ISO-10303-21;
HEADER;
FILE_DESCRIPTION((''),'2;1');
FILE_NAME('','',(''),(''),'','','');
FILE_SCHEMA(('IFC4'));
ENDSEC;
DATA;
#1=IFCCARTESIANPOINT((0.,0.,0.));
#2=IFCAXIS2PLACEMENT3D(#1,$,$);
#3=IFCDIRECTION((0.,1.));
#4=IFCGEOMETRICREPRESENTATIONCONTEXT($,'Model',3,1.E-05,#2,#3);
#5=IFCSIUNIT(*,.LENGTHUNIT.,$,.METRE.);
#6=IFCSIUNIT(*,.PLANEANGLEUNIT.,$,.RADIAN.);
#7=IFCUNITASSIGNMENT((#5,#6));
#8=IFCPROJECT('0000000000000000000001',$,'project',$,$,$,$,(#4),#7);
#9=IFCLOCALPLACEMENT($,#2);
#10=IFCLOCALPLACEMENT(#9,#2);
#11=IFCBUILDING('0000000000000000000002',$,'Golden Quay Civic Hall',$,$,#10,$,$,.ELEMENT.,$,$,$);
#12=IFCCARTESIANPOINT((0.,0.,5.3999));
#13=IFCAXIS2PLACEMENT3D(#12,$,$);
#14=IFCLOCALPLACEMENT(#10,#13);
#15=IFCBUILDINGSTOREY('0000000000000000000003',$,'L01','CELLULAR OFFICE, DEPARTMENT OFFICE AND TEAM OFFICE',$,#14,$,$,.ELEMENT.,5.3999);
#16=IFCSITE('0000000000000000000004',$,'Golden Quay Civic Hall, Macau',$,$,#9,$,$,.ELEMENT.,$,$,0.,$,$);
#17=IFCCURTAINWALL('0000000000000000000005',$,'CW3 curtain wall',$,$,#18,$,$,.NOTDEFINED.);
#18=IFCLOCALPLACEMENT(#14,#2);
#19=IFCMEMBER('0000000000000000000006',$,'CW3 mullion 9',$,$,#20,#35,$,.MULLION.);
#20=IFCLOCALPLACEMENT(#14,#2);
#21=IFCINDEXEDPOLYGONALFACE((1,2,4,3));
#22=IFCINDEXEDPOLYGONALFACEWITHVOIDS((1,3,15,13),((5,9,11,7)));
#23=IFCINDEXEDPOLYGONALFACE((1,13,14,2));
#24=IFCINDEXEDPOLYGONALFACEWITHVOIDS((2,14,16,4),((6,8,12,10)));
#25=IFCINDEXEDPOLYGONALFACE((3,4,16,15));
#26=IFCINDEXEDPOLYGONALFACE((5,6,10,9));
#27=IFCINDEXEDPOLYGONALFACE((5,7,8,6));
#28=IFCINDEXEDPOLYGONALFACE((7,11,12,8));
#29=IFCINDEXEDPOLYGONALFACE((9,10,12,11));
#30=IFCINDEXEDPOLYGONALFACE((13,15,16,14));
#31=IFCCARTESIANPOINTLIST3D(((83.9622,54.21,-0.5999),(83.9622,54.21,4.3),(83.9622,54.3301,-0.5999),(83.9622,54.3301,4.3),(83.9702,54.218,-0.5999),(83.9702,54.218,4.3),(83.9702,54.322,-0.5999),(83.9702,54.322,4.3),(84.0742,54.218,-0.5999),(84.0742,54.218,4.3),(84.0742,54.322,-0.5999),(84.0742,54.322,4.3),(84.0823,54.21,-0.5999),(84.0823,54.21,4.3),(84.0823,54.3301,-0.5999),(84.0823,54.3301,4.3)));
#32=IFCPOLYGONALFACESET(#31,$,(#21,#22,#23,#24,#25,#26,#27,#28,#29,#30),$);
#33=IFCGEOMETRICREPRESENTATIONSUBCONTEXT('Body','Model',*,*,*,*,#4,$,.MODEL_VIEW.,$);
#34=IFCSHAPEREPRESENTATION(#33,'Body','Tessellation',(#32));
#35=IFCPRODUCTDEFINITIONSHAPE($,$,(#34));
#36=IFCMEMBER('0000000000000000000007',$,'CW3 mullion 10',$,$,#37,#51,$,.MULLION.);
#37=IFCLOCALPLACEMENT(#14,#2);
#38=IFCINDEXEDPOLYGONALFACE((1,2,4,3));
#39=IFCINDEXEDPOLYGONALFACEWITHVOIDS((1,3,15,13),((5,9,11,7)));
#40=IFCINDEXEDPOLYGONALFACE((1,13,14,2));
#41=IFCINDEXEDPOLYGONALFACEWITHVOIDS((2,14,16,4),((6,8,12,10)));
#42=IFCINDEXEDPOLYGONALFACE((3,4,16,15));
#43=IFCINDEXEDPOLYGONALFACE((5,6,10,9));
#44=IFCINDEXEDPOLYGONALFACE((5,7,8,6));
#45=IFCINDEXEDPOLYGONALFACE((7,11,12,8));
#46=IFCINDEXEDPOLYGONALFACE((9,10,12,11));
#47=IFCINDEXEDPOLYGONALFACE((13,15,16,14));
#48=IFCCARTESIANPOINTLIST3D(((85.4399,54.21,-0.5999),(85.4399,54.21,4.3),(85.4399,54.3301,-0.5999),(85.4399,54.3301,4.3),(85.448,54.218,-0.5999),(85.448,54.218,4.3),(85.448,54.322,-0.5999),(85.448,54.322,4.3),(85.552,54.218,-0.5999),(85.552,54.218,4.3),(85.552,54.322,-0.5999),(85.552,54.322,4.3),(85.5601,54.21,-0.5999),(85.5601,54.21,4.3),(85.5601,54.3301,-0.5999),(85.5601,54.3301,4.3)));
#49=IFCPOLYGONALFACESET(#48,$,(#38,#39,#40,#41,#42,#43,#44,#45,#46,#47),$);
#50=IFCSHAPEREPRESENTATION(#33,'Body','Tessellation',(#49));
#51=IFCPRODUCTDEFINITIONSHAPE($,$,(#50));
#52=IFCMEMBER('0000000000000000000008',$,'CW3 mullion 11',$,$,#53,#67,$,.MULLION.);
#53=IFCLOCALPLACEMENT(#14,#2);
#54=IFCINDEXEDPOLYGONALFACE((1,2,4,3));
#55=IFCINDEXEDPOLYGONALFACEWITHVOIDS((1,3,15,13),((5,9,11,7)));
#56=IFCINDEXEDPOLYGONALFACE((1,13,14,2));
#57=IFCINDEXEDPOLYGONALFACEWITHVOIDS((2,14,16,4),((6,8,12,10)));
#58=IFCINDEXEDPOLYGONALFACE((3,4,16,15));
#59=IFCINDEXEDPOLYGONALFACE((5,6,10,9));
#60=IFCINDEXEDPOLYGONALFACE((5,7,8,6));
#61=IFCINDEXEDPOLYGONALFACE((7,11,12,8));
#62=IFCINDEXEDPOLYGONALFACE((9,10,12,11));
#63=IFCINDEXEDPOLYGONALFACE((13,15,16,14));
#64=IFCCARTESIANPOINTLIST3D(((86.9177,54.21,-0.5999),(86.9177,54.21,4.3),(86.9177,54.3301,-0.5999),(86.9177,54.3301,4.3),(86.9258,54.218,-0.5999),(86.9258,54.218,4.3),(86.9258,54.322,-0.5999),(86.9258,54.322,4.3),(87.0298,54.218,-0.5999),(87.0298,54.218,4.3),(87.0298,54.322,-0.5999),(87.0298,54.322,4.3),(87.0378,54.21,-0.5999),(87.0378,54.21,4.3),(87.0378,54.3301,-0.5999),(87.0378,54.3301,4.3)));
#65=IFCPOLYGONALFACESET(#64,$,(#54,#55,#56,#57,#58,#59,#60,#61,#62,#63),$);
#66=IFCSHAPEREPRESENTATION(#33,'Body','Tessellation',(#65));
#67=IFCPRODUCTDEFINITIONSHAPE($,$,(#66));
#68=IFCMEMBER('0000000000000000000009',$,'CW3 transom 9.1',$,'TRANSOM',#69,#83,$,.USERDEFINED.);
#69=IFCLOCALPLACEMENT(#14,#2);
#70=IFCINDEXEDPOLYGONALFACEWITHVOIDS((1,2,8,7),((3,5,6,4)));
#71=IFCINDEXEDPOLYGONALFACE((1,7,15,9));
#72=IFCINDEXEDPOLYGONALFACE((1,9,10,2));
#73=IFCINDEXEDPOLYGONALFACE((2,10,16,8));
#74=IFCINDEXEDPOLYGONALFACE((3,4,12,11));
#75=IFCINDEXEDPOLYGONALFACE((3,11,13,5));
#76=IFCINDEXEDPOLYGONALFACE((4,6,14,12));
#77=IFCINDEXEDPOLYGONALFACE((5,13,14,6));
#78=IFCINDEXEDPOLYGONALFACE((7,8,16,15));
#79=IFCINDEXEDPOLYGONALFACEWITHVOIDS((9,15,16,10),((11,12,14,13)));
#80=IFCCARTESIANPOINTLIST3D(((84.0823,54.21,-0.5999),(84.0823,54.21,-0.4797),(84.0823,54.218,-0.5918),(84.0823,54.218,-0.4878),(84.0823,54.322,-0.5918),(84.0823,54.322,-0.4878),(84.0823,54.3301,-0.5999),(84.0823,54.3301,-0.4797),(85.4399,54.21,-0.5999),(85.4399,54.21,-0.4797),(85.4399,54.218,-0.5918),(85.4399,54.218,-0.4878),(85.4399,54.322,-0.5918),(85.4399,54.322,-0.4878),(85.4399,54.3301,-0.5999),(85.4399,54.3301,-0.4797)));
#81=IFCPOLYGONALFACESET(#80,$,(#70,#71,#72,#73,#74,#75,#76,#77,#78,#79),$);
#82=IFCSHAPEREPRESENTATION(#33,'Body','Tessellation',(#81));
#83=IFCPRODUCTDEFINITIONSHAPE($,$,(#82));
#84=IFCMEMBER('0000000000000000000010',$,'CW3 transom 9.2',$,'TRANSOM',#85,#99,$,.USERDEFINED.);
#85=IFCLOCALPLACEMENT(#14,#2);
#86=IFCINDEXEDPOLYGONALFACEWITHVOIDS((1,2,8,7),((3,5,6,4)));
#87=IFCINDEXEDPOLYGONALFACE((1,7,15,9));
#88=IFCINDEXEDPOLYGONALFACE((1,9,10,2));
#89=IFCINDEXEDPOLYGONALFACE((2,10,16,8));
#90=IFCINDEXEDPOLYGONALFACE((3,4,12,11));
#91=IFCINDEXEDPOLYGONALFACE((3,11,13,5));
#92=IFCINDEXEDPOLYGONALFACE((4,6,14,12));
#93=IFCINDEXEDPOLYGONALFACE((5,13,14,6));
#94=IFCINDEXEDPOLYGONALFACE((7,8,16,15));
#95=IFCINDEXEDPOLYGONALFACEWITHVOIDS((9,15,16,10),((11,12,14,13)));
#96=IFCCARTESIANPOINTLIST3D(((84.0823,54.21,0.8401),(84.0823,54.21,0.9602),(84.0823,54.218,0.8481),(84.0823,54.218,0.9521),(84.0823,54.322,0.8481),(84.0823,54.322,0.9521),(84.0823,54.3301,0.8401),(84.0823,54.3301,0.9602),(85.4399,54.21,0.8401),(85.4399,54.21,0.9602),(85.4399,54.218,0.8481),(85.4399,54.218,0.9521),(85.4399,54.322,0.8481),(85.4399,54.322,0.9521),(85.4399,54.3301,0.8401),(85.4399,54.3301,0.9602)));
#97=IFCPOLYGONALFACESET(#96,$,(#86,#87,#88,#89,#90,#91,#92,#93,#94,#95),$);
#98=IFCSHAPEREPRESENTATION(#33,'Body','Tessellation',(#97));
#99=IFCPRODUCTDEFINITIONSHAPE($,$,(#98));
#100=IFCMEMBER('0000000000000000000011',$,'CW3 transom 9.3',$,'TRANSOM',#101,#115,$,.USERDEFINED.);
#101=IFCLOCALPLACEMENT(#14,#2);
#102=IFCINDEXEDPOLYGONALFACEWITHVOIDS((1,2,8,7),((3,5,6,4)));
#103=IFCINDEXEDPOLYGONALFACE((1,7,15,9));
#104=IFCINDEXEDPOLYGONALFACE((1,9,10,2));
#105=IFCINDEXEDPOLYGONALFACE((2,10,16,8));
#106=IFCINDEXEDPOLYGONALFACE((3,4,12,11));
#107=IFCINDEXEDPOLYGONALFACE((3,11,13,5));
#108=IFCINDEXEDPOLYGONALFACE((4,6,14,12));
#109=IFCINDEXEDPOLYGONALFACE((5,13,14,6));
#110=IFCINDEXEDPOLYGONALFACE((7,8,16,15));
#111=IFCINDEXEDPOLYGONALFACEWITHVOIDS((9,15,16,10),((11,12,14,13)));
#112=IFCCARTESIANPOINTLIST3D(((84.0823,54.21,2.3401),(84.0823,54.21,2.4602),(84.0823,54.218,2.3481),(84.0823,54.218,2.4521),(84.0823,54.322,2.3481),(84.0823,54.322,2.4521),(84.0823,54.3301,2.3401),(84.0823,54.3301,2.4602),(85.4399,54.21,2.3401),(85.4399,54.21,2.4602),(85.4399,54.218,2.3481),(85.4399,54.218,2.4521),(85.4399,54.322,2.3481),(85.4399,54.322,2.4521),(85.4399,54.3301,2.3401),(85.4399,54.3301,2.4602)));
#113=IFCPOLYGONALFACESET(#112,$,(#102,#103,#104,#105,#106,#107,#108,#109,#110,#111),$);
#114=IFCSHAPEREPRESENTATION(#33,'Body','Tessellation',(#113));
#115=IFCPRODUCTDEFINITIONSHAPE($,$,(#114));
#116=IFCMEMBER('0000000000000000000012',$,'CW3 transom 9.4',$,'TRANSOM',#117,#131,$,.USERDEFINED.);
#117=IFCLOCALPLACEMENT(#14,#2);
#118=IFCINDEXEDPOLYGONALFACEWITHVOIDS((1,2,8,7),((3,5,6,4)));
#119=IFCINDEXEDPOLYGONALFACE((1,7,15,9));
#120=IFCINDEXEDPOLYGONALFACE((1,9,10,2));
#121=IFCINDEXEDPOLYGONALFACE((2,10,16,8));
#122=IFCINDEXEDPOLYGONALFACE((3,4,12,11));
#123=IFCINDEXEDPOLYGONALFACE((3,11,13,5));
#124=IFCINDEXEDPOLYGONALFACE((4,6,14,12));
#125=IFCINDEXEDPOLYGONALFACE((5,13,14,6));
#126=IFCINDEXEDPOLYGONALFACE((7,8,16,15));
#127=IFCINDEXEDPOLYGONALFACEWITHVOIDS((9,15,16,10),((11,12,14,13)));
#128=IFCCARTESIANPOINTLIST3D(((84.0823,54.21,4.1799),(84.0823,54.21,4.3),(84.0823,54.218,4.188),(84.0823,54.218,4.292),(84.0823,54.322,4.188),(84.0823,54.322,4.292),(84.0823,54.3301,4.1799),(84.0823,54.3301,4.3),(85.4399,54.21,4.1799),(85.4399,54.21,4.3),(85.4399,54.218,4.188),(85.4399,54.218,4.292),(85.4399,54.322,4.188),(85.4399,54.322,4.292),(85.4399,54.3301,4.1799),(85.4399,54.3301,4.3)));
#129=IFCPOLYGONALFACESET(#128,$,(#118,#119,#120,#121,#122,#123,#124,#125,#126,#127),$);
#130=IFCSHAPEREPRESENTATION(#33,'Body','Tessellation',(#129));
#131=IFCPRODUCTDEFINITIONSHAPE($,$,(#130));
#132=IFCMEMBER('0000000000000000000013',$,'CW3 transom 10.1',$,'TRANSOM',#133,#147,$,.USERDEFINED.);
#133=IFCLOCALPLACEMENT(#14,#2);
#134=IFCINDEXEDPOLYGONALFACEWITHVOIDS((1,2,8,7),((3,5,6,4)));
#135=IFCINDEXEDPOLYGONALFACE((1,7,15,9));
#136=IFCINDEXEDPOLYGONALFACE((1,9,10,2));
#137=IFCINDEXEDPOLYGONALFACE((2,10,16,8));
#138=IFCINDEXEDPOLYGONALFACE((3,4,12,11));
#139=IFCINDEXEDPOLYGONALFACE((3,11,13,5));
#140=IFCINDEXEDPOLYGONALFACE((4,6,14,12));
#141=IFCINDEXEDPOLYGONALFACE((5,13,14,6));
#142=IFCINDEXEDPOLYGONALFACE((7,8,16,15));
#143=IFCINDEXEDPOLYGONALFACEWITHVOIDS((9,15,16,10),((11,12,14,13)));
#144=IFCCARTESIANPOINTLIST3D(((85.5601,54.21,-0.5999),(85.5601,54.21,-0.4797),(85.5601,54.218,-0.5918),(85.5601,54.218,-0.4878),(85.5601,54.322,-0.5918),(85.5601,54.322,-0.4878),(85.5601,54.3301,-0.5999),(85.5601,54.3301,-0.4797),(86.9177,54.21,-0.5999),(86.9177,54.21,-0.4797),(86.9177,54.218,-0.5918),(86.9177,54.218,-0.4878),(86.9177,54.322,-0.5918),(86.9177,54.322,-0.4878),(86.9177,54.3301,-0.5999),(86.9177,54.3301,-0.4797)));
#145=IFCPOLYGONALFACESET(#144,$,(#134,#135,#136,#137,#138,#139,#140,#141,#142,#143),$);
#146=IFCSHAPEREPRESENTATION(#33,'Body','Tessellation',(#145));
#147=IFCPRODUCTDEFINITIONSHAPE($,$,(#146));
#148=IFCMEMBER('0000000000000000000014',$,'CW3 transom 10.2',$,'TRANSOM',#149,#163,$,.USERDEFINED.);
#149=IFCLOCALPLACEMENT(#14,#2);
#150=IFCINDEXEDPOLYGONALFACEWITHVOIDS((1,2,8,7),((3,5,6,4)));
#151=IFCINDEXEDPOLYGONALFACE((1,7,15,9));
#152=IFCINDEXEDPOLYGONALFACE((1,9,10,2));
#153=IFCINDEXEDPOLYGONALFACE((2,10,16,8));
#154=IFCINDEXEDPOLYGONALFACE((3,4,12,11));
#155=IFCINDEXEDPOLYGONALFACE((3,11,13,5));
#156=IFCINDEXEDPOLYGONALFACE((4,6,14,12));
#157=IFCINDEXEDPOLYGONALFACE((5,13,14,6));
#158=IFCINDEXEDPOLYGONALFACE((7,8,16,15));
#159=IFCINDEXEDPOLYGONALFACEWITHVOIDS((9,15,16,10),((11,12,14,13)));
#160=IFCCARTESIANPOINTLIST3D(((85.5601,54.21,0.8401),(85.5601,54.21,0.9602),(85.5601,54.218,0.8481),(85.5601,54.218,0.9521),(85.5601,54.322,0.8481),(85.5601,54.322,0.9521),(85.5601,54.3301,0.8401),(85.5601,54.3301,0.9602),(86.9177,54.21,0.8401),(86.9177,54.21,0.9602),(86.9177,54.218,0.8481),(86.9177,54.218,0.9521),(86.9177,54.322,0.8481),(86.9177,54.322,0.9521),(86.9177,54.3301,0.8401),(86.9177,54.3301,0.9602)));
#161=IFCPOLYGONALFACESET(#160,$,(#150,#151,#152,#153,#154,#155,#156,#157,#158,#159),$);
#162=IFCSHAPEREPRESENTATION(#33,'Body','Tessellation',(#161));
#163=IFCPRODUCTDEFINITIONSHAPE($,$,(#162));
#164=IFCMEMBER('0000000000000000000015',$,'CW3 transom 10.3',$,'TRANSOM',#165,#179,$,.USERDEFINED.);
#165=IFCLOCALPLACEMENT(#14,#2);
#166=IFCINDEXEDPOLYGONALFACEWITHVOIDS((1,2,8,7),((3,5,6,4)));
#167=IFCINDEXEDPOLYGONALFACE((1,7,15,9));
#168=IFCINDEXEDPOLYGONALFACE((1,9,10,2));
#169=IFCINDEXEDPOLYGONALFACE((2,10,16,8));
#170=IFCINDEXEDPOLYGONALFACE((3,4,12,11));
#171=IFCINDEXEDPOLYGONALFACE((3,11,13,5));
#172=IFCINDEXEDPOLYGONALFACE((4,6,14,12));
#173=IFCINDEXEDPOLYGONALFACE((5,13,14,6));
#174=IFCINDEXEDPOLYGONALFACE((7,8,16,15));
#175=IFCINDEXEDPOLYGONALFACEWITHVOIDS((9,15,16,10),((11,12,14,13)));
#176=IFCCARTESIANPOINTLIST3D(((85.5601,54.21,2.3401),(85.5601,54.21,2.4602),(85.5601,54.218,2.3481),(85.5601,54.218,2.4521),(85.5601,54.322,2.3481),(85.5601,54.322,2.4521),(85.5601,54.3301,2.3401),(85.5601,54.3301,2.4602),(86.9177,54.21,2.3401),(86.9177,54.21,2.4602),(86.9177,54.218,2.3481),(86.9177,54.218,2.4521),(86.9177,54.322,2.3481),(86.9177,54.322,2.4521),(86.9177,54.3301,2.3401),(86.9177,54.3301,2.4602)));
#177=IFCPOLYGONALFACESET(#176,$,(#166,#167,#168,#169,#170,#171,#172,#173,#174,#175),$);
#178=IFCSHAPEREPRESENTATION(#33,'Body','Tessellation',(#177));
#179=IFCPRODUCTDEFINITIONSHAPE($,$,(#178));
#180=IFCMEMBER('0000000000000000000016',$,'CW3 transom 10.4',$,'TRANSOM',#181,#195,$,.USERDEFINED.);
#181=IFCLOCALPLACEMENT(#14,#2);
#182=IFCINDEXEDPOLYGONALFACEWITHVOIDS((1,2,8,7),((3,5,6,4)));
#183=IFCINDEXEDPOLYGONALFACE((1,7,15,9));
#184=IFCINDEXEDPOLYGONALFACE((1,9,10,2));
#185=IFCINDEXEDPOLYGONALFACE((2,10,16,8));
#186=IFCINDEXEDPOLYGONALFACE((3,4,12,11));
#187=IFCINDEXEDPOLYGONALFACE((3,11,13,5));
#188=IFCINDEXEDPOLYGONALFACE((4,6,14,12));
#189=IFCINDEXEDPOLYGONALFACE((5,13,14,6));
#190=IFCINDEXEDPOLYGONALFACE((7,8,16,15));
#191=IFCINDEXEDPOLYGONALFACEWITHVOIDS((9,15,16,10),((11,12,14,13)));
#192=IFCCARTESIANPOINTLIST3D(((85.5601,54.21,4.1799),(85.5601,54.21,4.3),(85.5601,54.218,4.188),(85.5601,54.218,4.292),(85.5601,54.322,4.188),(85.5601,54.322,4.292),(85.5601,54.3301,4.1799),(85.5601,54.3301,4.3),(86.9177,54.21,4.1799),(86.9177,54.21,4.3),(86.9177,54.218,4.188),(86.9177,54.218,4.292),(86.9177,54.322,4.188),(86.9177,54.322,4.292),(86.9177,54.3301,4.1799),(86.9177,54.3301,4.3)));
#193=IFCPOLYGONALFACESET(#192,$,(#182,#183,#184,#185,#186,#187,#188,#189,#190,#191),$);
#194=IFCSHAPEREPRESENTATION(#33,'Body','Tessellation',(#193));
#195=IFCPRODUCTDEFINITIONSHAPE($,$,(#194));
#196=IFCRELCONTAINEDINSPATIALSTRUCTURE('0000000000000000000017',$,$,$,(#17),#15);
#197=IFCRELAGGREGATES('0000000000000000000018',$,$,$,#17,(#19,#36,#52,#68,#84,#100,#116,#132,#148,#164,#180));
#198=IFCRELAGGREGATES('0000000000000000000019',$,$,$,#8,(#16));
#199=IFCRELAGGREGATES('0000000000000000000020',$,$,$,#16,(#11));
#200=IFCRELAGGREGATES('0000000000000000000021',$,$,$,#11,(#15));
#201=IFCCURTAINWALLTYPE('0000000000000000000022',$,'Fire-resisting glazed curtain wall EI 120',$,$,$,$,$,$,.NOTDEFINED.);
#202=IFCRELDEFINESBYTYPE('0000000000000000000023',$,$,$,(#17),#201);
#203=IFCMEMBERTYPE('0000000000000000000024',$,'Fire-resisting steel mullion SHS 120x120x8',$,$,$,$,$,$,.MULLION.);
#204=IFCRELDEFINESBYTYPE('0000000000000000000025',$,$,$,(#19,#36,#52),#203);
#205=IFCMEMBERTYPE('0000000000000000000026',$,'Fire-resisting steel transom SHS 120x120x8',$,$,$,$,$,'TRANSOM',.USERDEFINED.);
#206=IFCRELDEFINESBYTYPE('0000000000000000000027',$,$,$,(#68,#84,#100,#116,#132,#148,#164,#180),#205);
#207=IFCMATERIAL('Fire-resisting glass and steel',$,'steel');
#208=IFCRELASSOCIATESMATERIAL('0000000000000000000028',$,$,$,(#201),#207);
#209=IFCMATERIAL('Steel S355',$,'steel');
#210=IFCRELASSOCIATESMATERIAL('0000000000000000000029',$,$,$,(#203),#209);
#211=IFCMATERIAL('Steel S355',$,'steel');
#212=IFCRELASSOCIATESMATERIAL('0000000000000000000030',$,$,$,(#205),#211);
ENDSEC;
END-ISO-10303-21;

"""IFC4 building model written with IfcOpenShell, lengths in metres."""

from ifc_helpers import new_model, si_unit, direction, frame, origin, origin_2d, place, context, subcontext, project, spatial, hollow_rectangle, extrude, material, material_profile, profile_set, type_object, element, aggregate, save


model = new_model("IFC4")

# Units and contexts
model_context = context("Model", 3, precision=1e-05, world=origin(), true_north=direction((0.0, 1.0)))
body_context = subcontext(model_context, "Body", "Model", "MODEL_VIEW")
ifc_project = project(units=[si_unit("LENGTHUNIT", "METRE"), si_unit("PLANEANGLEUNIT", "RADIAN")], contexts=[model_context])

# Site, building, storey
site_placement = place(None, origin())
site = spatial("IfcSite", under=ifc_project, at=site_placement, Name="Golden Quay Civic Hall, Macau", CompositionType="ELEMENT", RefElevation=0.0)
building_placement = place(site_placement, origin())
building = spatial("IfcBuilding", under=site, at=building_placement, Name="Golden Quay Civic Hall", CompositionType="ELEMENT")
storey_placement = place(building_placement, frame((0.0, 0.0, 5.3999)))
storey = spatial("IfcBuildingStorey", under=building, at=storey_placement, Name="L01", Description="CELLULAR OFFICE, DEPARTMENT OFFICE AND TEAM OFFICE", CompositionType="ELEMENT", Elevation=5.3999)

# Curtain wall, members
ifc_material_1 = material(Name="Fire-resisting glass and steel", Category="steel")
curtain_wall_type = type_object("IfcCurtainWallType", Name="Fire-resisting glazed curtain wall EI 120", PredefinedType="NOTDEFINED", material=ifc_material_1)
curtain_wall_placement = place(storey_placement, origin())
curtain_wall = element("IfcCurtainWall", 1, at=curtain_wall_placement, inside=storey, type_object=curtain_wall_type, Name="CW3 curtain wall", PredefinedType="NOTDEFINED")
ifc_material_2 = material(Name="Steel S355", Category="steel")
ifc_material_profile_1 = material_profile(ifc_material_2, hollow_rectangle(XDim=0.1201, YDim=0.1201, WallThickness=0.0081, at=origin_2d()), Name="SHS 120x120x8")
ifc_profile_set_1 = profile_set([ifc_material_profile_1], Name="Steel S355")
member_type_1 = type_object("IfcMemberType", Name="Fire-resisting steel mullion SHS 120x120x8", PredefinedType="MULLION", material=ifc_profile_set_1)
member_1_placement = place(storey_placement, frame((84.0222, 54.27, -0.5999), z_axis=(0.0, 0.0, 1.0), x_axis=(0.0, 1.0, 0.0)))
member_1 = element("IfcMember", 2, at=member_1_placement, type_object=member_type_1, Name="CW3 mullion 9", PredefinedType="MULLION", context=body_context, shape_type="SweptSolid", body=[
    extrude(hollow_rectangle(XDim=0.1201, YDim=0.1201, WallThickness=0.0081, at=origin_2d()), origin(), (0.0, 0.0, 1.0), 4.8999),
])
member_2_placement = place(storey_placement, frame((85.5, 54.27, -0.5999), z_axis=(0.0, 0.0, 1.0), x_axis=(0.0, 1.0, 0.0)))
member_2 = element("IfcMember", 3, at=member_2_placement, type_object=member_type_1, Name="CW3 mullion 10", PredefinedType="MULLION", context=body_context, shape_type="SweptSolid", body=[
    extrude(hollow_rectangle(XDim=0.1201, YDim=0.1201, WallThickness=0.0081, at=origin_2d()), origin(), (0.0, 0.0, 1.0), 4.8999),
])
member_3_placement = place(storey_placement, frame((86.9778, 54.27, -0.5999), z_axis=(0.0, 0.0, 1.0), x_axis=(0.0, 1.0, 0.0)))
member_3 = element("IfcMember", 4, at=member_3_placement, type_object=member_type_1, Name="CW3 mullion 11", PredefinedType="MULLION", context=body_context, shape_type="SweptSolid", body=[
    extrude(hollow_rectangle(XDim=0.1201, YDim=0.1201, WallThickness=0.0081, at=origin_2d()), origin(), (0.0, 0.0, 1.0), 4.8999),
])
ifc_material_3 = material(Name="Steel S355", Category="steel")
ifc_material_profile_2 = material_profile(ifc_material_3, hollow_rectangle(XDim=0.1201, YDim=0.1201, WallThickness=0.0081, at=origin_2d()), Name="SHS 120x120x8")
ifc_profile_set_2 = profile_set([ifc_material_profile_2], Name="Steel S355")
member_type_2 = type_object("IfcMemberType", Name="Fire-resisting steel transom SHS 120x120x8", ElementType="TRANSOM", PredefinedType="USERDEFINED", material=ifc_profile_set_2)
member_4_placement = place(storey_placement, frame((84.0823, 54.27, -0.5398), z_axis=(1.0, 0.0, 0.0), x_axis=(0.0, 1.0, 0.0)))
member_4 = element("IfcMember", 5, at=member_4_placement, type_object=member_type_2, Name="CW3 transom 9.1", ObjectType="TRANSOM", PredefinedType="USERDEFINED", context=body_context, shape_type="SweptSolid", body=[
    extrude(hollow_rectangle(XDim=0.1201, YDim=0.1201, WallThickness=0.0081, at=origin_2d()), origin(), (0.0, 0.0, 1.0), 1.3577),
])
member_5_placement = place(storey_placement, frame((84.0823, 54.27, 0.9001), z_axis=(1.0, 0.0, 0.0), x_axis=(0.0, 1.0, 0.0)))
member_5 = element("IfcMember", 6, at=member_5_placement, type_object=member_type_2, Name="CW3 transom 9.2", ObjectType="TRANSOM", PredefinedType="USERDEFINED", context=body_context, shape_type="SweptSolid", body=[
    extrude(hollow_rectangle(XDim=0.1201, YDim=0.1201, WallThickness=0.0081, at=origin_2d()), origin(), (0.0, 0.0, 1.0), 1.3577),
])
member_6_placement = place(storey_placement, frame((84.0823, 54.27, 2.4001), z_axis=(1.0, 0.0, 0.0), x_axis=(0.0, 1.0, 0.0)))
member_6 = element("IfcMember", 7, at=member_6_placement, type_object=member_type_2, Name="CW3 transom 9.3", ObjectType="TRANSOM", PredefinedType="USERDEFINED", context=body_context, shape_type="SweptSolid", body=[
    extrude(hollow_rectangle(XDim=0.1201, YDim=0.1201, WallThickness=0.0081, at=origin_2d()), origin(), (0.0, 0.0, 1.0), 1.3577),
])
member_7_placement = place(storey_placement, frame((84.0823, 54.27, 4.24), z_axis=(1.0, 0.0, 0.0), x_axis=(0.0, 1.0, 0.0)))
member_7 = element("IfcMember", 8, at=member_7_placement, type_object=member_type_2, Name="CW3 transom 9.4", ObjectType="TRANSOM", PredefinedType="USERDEFINED", context=body_context, shape_type="SweptSolid", body=[
    extrude(hollow_rectangle(XDim=0.1201, YDim=0.1201, WallThickness=0.0081, at=origin_2d()), origin(), (0.0, 0.0, 1.0), 1.3577),
])
member_8_placement = place(storey_placement, frame((85.5601, 54.27, -0.5398), z_axis=(1.0, 0.0, 0.0), x_axis=(0.0, 1.0, 0.0)))
member_8 = element("IfcMember", 9, at=member_8_placement, type_object=member_type_2, Name="CW3 transom 10.1", ObjectType="TRANSOM", PredefinedType="USERDEFINED", context=body_context, shape_type="SweptSolid", body=[
    extrude(hollow_rectangle(XDim=0.1201, YDim=0.1201, WallThickness=0.0081, at=origin_2d()), origin(), (0.0, 0.0, 1.0), 1.3577),
])
member_9_placement = place(storey_placement, frame((85.5601, 54.27, 0.9001), z_axis=(1.0, 0.0, 0.0), x_axis=(0.0, 1.0, 0.0)))
member_9 = element("IfcMember", 10, at=member_9_placement, type_object=member_type_2, Name="CW3 transom 10.2", ObjectType="TRANSOM", PredefinedType="USERDEFINED", context=body_context, shape_type="SweptSolid", body=[
    extrude(hollow_rectangle(XDim=0.1201, YDim=0.1201, WallThickness=0.0081, at=origin_2d()), origin(), (0.0, 0.0, 1.0), 1.3577),
])
member_10_placement = place(storey_placement, frame((85.5601, 54.27, 2.4001), z_axis=(1.0, 0.0, 0.0), x_axis=(0.0, 1.0, 0.0)))
member_10 = element("IfcMember", 11, at=member_10_placement, type_object=member_type_2, Name="CW3 transom 10.3", ObjectType="TRANSOM", PredefinedType="USERDEFINED", context=body_context, shape_type="SweptSolid", body=[
    extrude(hollow_rectangle(XDim=0.1201, YDim=0.1201, WallThickness=0.0081, at=origin_2d()), origin(), (0.0, 0.0, 1.0), 1.3577),
])
member_11_placement = place(storey_placement, frame((85.5601, 54.27, 4.24), z_axis=(1.0, 0.0, 0.0), x_axis=(0.0, 1.0, 0.0)))
member_11 = element("IfcMember", 12, at=member_11_placement, type_object=member_type_2, Name="CW3 transom 10.4", ObjectType="TRANSOM", PredefinedType="USERDEFINED", context=body_context, shape_type="SweptSolid", body=[
    extrude(hollow_rectangle(XDim=0.1201, YDim=0.1201, WallThickness=0.0081, at=origin_2d()), origin(), (0.0, 0.0, 1.0), 1.3577),
])
aggregate(curtain_wall, [member_1, member_2, member_3, member_4, member_5, member_6, member_7, member_8, member_9, member_10, member_11])

save(model, "model.ifc")
